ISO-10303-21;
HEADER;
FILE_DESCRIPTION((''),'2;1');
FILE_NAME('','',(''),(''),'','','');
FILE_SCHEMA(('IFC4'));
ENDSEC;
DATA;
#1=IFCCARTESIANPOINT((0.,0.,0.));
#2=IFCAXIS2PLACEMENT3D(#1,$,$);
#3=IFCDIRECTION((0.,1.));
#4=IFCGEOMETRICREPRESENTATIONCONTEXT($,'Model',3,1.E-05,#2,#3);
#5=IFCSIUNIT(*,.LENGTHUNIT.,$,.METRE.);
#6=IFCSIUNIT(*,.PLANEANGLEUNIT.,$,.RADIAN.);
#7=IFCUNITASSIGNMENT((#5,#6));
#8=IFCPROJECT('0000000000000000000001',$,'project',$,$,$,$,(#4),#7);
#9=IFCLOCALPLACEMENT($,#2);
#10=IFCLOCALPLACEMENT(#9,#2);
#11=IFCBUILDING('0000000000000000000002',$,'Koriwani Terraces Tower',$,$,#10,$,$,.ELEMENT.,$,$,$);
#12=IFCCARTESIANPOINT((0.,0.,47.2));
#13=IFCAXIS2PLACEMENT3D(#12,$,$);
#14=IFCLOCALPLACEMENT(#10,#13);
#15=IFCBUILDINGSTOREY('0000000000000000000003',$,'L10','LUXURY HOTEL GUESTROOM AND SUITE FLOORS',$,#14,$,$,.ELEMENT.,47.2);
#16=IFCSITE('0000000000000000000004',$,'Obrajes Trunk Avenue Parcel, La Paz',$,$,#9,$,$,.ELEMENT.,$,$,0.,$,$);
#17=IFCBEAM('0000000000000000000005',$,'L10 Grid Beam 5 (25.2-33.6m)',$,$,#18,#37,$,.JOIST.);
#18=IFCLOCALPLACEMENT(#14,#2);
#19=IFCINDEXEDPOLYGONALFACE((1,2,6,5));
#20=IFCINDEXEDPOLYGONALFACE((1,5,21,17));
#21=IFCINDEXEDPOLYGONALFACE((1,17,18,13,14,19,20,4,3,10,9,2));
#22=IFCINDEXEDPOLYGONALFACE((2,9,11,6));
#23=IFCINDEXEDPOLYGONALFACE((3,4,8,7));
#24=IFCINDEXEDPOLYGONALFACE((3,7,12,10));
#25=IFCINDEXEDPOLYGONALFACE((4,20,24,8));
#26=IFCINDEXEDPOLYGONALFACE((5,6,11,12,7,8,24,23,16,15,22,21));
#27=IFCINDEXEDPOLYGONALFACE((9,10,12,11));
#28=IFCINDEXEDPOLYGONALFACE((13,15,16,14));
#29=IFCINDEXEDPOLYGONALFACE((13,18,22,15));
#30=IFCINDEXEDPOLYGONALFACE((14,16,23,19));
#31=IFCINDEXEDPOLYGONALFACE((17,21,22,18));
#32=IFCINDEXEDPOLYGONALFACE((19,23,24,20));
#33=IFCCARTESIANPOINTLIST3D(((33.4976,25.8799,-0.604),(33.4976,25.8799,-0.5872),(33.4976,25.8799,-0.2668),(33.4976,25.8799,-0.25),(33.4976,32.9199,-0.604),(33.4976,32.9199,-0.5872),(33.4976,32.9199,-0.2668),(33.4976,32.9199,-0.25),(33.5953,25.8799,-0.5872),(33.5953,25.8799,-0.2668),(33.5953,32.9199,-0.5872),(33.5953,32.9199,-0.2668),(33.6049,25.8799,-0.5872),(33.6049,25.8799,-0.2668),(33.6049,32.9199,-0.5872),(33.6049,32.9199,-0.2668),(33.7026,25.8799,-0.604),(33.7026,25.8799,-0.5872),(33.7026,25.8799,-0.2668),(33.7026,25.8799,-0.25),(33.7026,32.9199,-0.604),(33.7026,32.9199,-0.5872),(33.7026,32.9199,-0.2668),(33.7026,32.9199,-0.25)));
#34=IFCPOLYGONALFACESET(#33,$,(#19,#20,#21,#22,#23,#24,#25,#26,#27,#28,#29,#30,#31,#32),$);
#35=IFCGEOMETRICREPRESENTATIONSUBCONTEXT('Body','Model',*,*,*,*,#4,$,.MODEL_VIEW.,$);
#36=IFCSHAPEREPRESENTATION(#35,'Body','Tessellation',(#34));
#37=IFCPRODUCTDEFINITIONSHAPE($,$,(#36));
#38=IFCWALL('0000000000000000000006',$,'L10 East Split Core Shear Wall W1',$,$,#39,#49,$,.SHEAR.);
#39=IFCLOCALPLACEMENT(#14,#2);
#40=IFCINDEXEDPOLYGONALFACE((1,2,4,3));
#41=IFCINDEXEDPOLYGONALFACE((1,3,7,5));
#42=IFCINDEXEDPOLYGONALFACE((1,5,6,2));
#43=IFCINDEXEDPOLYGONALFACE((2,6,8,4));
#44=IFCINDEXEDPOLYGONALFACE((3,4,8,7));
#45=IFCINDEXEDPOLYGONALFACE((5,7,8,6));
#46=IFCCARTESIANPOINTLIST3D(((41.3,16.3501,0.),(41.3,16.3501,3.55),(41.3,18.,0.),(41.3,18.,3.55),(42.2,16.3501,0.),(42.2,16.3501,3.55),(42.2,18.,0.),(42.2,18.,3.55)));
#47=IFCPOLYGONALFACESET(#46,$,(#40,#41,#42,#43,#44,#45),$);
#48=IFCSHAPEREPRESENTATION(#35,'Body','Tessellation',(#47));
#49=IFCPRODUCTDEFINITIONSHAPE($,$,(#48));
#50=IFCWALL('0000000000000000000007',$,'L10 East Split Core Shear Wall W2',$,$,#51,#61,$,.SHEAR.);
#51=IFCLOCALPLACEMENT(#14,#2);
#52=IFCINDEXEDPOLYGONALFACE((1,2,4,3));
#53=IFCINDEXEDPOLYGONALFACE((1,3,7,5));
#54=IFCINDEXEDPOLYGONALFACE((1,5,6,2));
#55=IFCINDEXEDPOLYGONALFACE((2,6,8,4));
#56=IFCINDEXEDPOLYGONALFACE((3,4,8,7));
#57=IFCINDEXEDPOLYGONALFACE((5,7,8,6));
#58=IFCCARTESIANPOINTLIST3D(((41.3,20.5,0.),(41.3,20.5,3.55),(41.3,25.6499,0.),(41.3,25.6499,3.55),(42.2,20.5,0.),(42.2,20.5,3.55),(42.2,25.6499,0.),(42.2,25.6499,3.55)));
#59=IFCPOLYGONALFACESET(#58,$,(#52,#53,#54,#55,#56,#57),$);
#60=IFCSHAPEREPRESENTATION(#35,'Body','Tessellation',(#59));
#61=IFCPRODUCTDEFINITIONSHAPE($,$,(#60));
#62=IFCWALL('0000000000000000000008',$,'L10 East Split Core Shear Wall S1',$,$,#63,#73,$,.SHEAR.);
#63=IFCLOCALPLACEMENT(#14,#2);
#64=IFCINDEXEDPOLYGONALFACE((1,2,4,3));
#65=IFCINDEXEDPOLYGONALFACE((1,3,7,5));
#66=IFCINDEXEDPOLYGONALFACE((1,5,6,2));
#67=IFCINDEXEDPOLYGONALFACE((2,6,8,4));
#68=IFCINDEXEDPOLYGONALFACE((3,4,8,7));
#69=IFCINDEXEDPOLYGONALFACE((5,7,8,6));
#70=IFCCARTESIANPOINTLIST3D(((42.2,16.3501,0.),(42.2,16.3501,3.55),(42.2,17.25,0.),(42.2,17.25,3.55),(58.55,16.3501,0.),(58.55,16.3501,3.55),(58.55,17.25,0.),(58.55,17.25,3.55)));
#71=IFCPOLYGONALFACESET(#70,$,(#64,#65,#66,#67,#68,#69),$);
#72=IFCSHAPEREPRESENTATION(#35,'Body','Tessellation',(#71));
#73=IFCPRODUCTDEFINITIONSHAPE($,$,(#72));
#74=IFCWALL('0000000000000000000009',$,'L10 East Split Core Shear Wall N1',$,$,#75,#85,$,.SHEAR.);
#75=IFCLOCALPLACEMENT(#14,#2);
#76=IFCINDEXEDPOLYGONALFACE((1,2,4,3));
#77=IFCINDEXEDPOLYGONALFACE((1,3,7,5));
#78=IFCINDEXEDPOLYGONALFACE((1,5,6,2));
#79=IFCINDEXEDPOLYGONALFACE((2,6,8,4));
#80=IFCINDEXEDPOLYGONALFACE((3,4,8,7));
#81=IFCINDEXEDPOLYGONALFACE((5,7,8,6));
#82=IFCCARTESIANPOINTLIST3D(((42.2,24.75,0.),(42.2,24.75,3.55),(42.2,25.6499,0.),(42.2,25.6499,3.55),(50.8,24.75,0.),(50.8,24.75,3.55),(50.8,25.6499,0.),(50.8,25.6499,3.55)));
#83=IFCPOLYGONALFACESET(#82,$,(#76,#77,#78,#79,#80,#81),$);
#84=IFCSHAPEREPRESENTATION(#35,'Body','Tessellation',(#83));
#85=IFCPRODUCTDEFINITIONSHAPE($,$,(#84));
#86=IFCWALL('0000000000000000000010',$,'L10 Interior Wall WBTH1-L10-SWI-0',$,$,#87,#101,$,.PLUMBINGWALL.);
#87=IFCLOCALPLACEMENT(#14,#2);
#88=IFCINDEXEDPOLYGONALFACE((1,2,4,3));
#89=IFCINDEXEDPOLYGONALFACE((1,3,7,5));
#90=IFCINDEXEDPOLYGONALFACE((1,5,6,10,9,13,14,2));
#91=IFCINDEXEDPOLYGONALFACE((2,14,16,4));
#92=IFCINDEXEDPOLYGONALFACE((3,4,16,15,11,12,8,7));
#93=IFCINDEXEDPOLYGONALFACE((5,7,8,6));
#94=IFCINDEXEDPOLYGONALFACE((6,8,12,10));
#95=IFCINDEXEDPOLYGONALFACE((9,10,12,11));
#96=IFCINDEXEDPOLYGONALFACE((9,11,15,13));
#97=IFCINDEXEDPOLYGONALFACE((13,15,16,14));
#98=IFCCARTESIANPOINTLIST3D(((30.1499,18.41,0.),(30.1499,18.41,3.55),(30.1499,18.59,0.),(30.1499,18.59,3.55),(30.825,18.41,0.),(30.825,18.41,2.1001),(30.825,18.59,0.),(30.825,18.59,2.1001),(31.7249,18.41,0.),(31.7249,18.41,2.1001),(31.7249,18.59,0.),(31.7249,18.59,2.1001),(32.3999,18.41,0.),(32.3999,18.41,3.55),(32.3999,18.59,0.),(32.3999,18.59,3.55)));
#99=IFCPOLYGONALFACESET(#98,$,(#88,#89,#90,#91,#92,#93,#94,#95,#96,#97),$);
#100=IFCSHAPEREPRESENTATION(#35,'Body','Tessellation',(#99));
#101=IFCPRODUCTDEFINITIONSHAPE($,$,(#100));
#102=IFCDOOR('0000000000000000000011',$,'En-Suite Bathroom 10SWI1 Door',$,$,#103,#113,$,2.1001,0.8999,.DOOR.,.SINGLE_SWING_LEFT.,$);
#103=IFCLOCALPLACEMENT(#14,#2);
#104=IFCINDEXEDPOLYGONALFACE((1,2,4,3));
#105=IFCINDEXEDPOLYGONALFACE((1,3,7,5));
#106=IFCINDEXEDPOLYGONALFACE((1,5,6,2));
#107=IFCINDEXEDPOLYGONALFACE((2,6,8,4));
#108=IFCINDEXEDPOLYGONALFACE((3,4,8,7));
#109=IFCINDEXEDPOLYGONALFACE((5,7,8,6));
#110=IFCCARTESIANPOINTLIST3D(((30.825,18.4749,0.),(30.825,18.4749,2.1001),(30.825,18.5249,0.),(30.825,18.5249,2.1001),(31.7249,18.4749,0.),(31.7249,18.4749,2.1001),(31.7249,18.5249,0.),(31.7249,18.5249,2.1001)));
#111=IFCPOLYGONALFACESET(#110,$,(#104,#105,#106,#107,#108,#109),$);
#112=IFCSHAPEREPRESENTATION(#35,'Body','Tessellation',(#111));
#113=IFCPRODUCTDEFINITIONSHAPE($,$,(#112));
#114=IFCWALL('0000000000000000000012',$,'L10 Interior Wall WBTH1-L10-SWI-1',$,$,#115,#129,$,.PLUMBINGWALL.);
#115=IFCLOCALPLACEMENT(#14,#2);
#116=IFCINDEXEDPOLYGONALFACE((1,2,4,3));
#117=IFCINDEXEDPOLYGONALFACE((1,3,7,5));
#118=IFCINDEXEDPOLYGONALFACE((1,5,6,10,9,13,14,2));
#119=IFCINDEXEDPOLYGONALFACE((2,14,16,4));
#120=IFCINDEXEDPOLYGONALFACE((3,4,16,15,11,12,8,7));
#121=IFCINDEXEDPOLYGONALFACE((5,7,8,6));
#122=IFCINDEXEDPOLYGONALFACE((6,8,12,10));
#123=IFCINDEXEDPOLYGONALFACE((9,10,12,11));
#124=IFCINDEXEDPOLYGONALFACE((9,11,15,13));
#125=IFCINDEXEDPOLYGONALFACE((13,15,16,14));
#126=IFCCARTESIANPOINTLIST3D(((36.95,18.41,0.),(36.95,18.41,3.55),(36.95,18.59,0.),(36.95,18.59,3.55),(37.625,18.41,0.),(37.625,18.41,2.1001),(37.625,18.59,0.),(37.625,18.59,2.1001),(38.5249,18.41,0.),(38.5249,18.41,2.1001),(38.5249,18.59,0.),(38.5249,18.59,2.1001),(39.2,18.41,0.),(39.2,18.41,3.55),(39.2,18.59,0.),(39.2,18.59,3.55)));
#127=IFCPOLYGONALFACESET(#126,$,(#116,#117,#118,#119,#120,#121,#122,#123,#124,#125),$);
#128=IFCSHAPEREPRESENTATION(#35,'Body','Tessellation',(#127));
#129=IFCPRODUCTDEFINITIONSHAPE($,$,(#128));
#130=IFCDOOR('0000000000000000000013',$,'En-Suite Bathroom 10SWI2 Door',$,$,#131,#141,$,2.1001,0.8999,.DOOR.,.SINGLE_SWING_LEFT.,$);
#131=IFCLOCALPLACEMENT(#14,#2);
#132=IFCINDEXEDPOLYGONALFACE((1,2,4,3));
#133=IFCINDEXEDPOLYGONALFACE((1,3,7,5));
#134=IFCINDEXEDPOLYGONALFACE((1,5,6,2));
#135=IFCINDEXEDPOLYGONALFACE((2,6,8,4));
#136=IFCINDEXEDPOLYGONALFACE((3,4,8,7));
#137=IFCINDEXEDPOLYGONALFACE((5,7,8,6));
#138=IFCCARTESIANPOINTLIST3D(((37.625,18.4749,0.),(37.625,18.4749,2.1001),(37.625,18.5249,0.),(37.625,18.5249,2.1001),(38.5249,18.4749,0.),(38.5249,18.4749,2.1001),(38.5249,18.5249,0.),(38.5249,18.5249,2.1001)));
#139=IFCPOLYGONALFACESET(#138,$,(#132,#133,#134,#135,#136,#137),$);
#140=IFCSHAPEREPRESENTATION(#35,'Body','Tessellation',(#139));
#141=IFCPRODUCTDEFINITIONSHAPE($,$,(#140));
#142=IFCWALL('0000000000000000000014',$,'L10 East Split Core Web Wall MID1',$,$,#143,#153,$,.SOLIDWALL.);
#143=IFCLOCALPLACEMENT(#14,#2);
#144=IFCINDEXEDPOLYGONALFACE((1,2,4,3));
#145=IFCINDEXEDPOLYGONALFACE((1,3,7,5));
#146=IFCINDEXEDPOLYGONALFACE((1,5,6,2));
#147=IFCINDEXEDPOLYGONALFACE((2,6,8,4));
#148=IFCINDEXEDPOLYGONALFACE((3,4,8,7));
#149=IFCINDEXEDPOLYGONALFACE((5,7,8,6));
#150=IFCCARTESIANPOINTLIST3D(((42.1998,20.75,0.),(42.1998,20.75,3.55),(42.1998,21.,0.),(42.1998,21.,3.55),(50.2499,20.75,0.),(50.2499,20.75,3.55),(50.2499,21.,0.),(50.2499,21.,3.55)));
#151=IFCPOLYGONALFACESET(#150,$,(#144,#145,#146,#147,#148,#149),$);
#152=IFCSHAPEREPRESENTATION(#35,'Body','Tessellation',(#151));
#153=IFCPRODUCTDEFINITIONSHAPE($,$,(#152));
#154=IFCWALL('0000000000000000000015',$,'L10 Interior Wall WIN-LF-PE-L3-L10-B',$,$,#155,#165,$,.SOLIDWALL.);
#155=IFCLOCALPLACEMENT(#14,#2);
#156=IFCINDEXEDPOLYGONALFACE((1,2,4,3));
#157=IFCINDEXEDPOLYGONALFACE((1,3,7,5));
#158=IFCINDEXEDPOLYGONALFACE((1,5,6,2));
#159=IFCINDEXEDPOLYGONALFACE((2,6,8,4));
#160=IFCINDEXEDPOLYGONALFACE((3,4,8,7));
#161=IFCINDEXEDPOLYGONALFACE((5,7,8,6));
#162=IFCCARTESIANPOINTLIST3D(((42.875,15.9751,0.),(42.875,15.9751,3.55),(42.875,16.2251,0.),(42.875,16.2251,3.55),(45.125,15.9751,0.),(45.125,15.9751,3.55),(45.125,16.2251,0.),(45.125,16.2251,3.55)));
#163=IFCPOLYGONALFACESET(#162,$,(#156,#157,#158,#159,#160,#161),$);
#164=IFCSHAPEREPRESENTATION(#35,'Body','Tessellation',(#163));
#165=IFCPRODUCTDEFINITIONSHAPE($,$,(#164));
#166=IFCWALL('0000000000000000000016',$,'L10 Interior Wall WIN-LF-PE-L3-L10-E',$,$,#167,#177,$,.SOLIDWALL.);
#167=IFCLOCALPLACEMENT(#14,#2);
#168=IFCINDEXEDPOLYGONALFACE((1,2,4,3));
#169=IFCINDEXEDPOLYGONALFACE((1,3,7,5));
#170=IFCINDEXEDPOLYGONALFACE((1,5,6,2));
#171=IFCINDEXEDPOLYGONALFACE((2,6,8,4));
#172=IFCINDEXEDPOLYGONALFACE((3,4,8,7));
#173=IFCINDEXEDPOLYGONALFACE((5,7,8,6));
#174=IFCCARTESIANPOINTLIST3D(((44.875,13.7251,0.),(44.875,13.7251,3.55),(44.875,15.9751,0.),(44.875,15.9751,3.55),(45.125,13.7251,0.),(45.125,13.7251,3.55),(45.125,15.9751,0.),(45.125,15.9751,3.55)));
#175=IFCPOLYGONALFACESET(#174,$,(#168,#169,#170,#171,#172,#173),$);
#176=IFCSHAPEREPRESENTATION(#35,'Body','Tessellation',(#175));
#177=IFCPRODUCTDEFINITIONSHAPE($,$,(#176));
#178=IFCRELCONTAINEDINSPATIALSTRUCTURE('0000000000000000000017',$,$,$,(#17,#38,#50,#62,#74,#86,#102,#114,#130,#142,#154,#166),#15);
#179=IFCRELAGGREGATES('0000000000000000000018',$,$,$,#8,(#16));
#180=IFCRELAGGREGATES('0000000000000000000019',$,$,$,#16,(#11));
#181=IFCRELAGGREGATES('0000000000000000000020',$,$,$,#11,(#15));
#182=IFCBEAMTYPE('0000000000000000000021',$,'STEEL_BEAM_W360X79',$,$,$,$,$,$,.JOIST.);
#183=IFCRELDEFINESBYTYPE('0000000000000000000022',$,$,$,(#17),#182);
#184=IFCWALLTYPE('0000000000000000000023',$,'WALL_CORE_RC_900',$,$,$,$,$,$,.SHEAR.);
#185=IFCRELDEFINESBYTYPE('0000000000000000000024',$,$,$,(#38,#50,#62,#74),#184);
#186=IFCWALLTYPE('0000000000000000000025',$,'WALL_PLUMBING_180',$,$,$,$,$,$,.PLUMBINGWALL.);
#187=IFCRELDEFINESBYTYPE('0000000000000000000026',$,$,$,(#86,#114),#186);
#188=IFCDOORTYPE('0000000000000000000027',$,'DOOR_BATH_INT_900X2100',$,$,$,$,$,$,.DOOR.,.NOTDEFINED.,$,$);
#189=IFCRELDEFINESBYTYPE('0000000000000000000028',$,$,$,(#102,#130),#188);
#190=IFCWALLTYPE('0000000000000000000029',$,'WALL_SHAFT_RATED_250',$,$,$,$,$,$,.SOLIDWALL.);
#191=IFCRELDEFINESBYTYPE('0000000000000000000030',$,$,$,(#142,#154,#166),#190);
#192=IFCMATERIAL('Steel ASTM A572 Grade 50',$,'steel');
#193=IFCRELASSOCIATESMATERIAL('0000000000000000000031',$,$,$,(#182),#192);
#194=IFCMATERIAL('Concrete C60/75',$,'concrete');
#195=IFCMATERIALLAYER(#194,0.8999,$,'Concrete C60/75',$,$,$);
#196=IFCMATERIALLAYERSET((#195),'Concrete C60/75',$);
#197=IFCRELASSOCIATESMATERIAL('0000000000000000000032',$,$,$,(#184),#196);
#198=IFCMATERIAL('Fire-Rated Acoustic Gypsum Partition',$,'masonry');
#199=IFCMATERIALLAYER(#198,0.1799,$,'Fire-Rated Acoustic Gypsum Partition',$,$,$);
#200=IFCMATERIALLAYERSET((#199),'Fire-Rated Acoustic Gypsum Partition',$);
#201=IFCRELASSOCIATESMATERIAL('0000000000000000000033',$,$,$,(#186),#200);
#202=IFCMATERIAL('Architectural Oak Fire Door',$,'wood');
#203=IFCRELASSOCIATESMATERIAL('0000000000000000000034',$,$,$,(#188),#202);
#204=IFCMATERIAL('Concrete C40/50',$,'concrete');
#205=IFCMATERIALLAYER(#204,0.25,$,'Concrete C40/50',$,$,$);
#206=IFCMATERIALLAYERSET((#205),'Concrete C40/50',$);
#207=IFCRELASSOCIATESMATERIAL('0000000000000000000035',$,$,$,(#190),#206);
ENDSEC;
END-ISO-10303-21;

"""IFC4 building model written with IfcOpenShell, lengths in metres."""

from ifc_helpers import new_model, si_unit, direction, frame, frame_2d, origin, origin_2d, place, context, subcontext, project, spatial, rectangle, i_section, extrude, material, layer, layer_set, material_profile, profile_set, type_object, element, fill, save


model = new_model("IFC4")

# Units and contexts
model_context = context("Model", 3, precision=1e-05, world=origin(), true_north=direction((0.0, 1.0)))
body_context = subcontext(model_context, "Body", "Model", "MODEL_VIEW")
ifc_project = project(units=[si_unit("LENGTHUNIT", "METRE"), si_unit("PLANEANGLEUNIT", "RADIAN")], contexts=[model_context])

# Site, building, storey
site_placement = place(None, origin())
site = spatial("IfcSite", under=ifc_project, at=site_placement, Name="Obrajes Trunk Avenue Parcel, La Paz", CompositionType="ELEMENT", RefElevation=0.0)
building_placement = place(site_placement, origin())
building = spatial("IfcBuilding", under=site, at=building_placement, Name="Koriwani Terraces Tower", CompositionType="ELEMENT")
storey_placement = place(building_placement, frame((0.0, 0.0, 47.2)))
storey = spatial("IfcBuildingStorey", under=building, at=storey_placement, Name="L10", Description="LUXURY HOTEL GUESTROOM AND SUITE FLOORS", CompositionType="ELEMENT", Elevation=47.2)

# Shared definitions
ifc_material_1 = material(Name="Concrete C60/75", Category="concrete")

# Beam
ifc_material_2 = material(Name="Concrete C40/50", Category="concrete")
ifc_material_3 = material(Name="Steel ASTM A572 Grade 50", Category="steel")
ifc_material_profile_1 = material_profile(ifc_material_3, i_section(OverallWidth=0.2051, OverallDepth=0.354, WebThickness=0.0095, FlangeThickness=0.0168, at=origin_2d()), Name="Steel ASTM A572 Grade 50", Category="LoadBearing")
ifc_profile_set_1 = profile_set([ifc_material_profile_1], Name="Steel ASTM A572 Grade 50")
beam_type_1 = type_object("IfcBeamType", Name="STEEL_BEAM_W360X79", PredefinedType="JOIST", material=ifc_profile_set_1)
for number, where, z_axis, x_axis, name in (
    (1, (33.6001, 25.8799, -0.427), (0.0, 1.0, 0.0), (-1.0, 0.0, 0.0), "L10 Grid Beam 5 (25.2-33.6m)"),
):
    element("IfcBeam", number, at=place(storey_placement, frame(where, z_axis=z_axis, x_axis=x_axis)), inside=storey, type_object=beam_type_1, Name=name, PredefinedType="JOIST", context=body_context, shape_type="SweptSolid", body=[
        extrude(i_section(OverallWidth=0.2051, OverallDepth=0.354, WebThickness=0.0095, FlangeThickness=0.0168, at=origin_2d()), origin(), (0.0, 0.0, 1.0), 7.04),
    ])

# Walls
ifc_layer_1 = layer(ifc_material_1, 0.8999, Name="Concrete C60/75")
ifc_layer_set_1 = layer_set([ifc_layer_1], Name="Concrete C60/75")
wall_type_1 = type_object("IfcWallType", Name="WALL_CORE_RC_900", PredefinedType="SHEAR", material=ifc_layer_set_1)
wall_1_placement = place(storey_placement, frame((41.75, 16.3501, 0.0), z_axis=(0.0, 0.0, 1.0), x_axis=(0.0, 1.0, 0.0)))
element("IfcWall", 2, at=wall_1_placement, inside=storey, type_object=wall_type_1, Name="L10 East Split Core Shear Wall W1", PredefinedType="SHEAR", context=body_context, shape_type="SweptSolid", body=[
    extrude(rectangle(XDim=1.6499, YDim=0.8999, at=frame_2d((0.825, 0.0))), origin(), (0.0, 0.0, 1.0), 3.55),
])
wall_2_placement = place(storey_placement, frame((41.75, 20.5, 0.0), z_axis=(0.0, 0.0, 1.0), x_axis=(0.0, 1.0, 0.0)))
element("IfcWall", 3, at=wall_2_placement, inside=storey, type_object=wall_type_1, Name="L10 East Split Core Shear Wall W2", PredefinedType="SHEAR", context=body_context, shape_type="SweptSolid", body=[
    extrude(rectangle(XDim=5.1499, YDim=0.8999, at=frame_2d((2.575, 0.0))), origin(), (0.0, 0.0, 1.0), 3.55),
])
wall_3_placement = place(storey_placement, frame((42.2, 16.8, 0.0), z_axis=(0.0, 0.0, 1.0), x_axis=(1.0, 0.0, 0.0)))
element("IfcWall", 4, at=wall_3_placement, inside=storey, type_object=wall_type_1, Name="L10 East Split Core Shear Wall S1", PredefinedType="SHEAR", context=body_context, shape_type="SweptSolid", body=[
    extrude(rectangle(XDim=16.3501, YDim=0.8999, at=frame_2d((8.175, 0.0))), origin(), (0.0, 0.0, 1.0), 3.55),
])
wall_4_placement = place(storey_placement, frame((42.2, 25.2, 0.0), z_axis=(0.0, 0.0, 1.0), x_axis=(1.0, 0.0, 0.0)))
element("IfcWall", 5, at=wall_4_placement, inside=storey, type_object=wall_type_1, Name="L10 East Split Core Shear Wall N1", PredefinedType="SHEAR", context=body_context, shape_type="SweptSolid", body=[
    extrude(rectangle(XDim=8.6001, YDim=0.8999, at=frame_2d((4.3, 0.0))), origin(), (0.0, 0.0, 1.0), 3.55),
])

# Walls, openings, doors
ifc_material_4 = material(Name="Fire-Rated Acoustic Gypsum Partition", Category="masonry")
ifc_layer_2 = layer(ifc_material_4, 0.1799, Name="Fire-Rated Acoustic Gypsum Partition")
ifc_layer_set_2 = layer_set([ifc_layer_2], Name="Fire-Rated Acoustic Gypsum Partition")
wall_type_2 = type_object("IfcWallType", Name="WALL_PLUMBING_180", PredefinedType="PLUMBINGWALL", material=ifc_layer_set_2)
wall_5_placement = place(storey_placement, frame((30.1499, 18.5, 0.0), z_axis=(0.0, 0.0, 1.0), x_axis=(1.0, 0.0, 0.0)))
wall_5 = element("IfcWall", 6, at=wall_5_placement, inside=storey, type_object=wall_type_2, Name="L10 Interior Wall WBTH1-L10-SWI-0", PredefinedType="PLUMBINGWALL", context=body_context, shape_type="SweptSolid", body=[
    extrude(rectangle(XDim=2.25, YDim=0.1799, at=frame_2d((1.125, 0.0))), origin(), (0.0, 0.0, 1.0), 3.55),
])
opening_1_placement = place(wall_5_placement, frame((0.675, 0.0, 0.0)))
opening_1 = element("IfcOpeningElement", 7, at=opening_1_placement, cuts=wall_5, PredefinedType="OPENING", context=body_context, shape_type="SweptSolid", body=[
    extrude(rectangle(XDim=0.8999, YDim=2.1001, at=frame_2d((0.45, 1.05))), frame((0.0, 0.1001, 0.0), z_axis=(0.0, -1.0, 0.0), x_axis=(1.0, 0.0, 0.0)), (0.0, 0.0, 1.0), 0.2),
])
ifc_material_5 = material(Name="Architectural Oak Fire Door", Category="wood")
door_type_1 = type_object("IfcDoorType", Name="DOOR_BATH_INT_900X2100", OperationType="NOTDEFINED", PredefinedType="DOOR", material=ifc_material_5)
door_1_placement = place(opening_1_placement, origin())
door_1 = element("IfcDoor", 8, at=door_1_placement, inside=storey, type_object=door_type_1, Name="En-Suite Bathroom 10SWI1 Door", OperationType="SINGLE_SWING_LEFT", OverallHeight=2.1001, OverallWidth=0.8999, PredefinedType="DOOR", context=body_context, shape_type="SweptSolid", body=[
    extrude(rectangle(XDim=0.8999, YDim=2.1001, at=frame_2d((0.45, 1.05))), frame((0.0, 0.0249, 0.0), z_axis=(0.0, -1.0, 0.0), x_axis=(1.0, 0.0, 0.0)), (0.0, 0.0, 1.0), 0.05),
])
fill(opening_1, door_1)
wall_6_placement = place(storey_placement, frame((36.95, 18.5, 0.0), z_axis=(0.0, 0.0, 1.0), x_axis=(1.0, 0.0, 0.0)))
wall_6 = element("IfcWall", 9, at=wall_6_placement, inside=storey, type_object=wall_type_2, Name="L10 Interior Wall WBTH1-L10-SWI-1", PredefinedType="PLUMBINGWALL", context=body_context, shape_type="SweptSolid", body=[
    extrude(rectangle(XDim=2.25, YDim=0.1799, at=frame_2d((1.125, 0.0))), origin(), (0.0, 0.0, 1.0), 3.55),
])
opening_2_placement = place(wall_6_placement, frame((0.675, 0.0, 0.0)))
opening_2 = element("IfcOpeningElement", 10, at=opening_2_placement, cuts=wall_6, PredefinedType="OPENING", context=body_context, shape_type="SweptSolid", body=[
    extrude(rectangle(XDim=0.8999, YDim=2.1001, at=frame_2d((0.45, 1.05))), frame((0.0, 0.1001, 0.0), z_axis=(0.0, -1.0, 0.0), x_axis=(1.0, 0.0, 0.0)), (0.0, 0.0, 1.0), 0.2),
])
door_2_placement = place(opening_2_placement, origin())
door_2 = element("IfcDoor", 11, at=door_2_placement, inside=storey, type_object=door_type_1, Name="En-Suite Bathroom 10SWI2 Door", OperationType="SINGLE_SWING_LEFT", OverallHeight=2.1001, OverallWidth=0.8999, PredefinedType="DOOR", context=body_context, shape_type="SweptSolid", body=[
    extrude(rectangle(XDim=0.8999, YDim=2.1001, at=frame_2d((0.45, 1.05))), frame((0.0, 0.0249, 0.0), z_axis=(0.0, -1.0, 0.0), x_axis=(1.0, 0.0, 0.0)), (0.0, 0.0, 1.0), 0.05),
])
fill(opening_2, door_2)

# Wall
ifc_layer_3 = layer(ifc_material_2, 0.25, Name="Concrete C40/50")
ifc_layer_set_3 = layer_set([ifc_layer_3], Name="Concrete C40/50")
wall_type_3 = type_object("IfcWallType", Name="WALL_SHAFT_RATED_250", PredefinedType="SOLIDWALL", material=ifc_layer_set_3)
wall_7_placement = place(storey_placement, frame((42.2, 20.875, 0.0), z_axis=(0.0, 0.0, 1.0), x_axis=(1.0, 0.0, 0.0)))
element("IfcWall", 12, at=wall_7_placement, inside=storey, type_object=wall_type_3, Name="L10 East Split Core Web Wall MID1", PredefinedType="SOLIDWALL", context=body_context, shape_type="SweptSolid", body=[
    extrude(rectangle(XDim=8.05, YDim=0.25, at=frame_2d((4.0249, 0.0))), origin(), (0.0, 0.0, 1.0), 3.55),
])

# Walls
for number, where, z_axis, x_axis, name in (
    (13, (42.875, 16.1001, 0.0), (0.0, 0.0, 1.0), (1.0, 0.0, 0.0), "L10 Interior Wall WIN-LF-PE-L3-L10-B"),
    (14, (45.0, 13.7251, 0.0), (0.0, 0.0, 1.0), (0.0, 1.0, 0.0), "L10 Interior Wall WIN-LF-PE-L3-L10-E"),
):
    element("IfcWall", number, at=place(storey_placement, frame(where, z_axis=z_axis, x_axis=x_axis)), inside=storey, type_object=wall_type_3, Name=name, PredefinedType="SOLIDWALL", context=body_context, shape_type="SweptSolid", body=[
        extrude(rectangle(XDim=2.25, YDim=0.25, at=frame_2d((1.125, 0.0))), origin(), (0.0, 0.0, 1.0), 3.55),
    ])

save(model, "model.ifc")
